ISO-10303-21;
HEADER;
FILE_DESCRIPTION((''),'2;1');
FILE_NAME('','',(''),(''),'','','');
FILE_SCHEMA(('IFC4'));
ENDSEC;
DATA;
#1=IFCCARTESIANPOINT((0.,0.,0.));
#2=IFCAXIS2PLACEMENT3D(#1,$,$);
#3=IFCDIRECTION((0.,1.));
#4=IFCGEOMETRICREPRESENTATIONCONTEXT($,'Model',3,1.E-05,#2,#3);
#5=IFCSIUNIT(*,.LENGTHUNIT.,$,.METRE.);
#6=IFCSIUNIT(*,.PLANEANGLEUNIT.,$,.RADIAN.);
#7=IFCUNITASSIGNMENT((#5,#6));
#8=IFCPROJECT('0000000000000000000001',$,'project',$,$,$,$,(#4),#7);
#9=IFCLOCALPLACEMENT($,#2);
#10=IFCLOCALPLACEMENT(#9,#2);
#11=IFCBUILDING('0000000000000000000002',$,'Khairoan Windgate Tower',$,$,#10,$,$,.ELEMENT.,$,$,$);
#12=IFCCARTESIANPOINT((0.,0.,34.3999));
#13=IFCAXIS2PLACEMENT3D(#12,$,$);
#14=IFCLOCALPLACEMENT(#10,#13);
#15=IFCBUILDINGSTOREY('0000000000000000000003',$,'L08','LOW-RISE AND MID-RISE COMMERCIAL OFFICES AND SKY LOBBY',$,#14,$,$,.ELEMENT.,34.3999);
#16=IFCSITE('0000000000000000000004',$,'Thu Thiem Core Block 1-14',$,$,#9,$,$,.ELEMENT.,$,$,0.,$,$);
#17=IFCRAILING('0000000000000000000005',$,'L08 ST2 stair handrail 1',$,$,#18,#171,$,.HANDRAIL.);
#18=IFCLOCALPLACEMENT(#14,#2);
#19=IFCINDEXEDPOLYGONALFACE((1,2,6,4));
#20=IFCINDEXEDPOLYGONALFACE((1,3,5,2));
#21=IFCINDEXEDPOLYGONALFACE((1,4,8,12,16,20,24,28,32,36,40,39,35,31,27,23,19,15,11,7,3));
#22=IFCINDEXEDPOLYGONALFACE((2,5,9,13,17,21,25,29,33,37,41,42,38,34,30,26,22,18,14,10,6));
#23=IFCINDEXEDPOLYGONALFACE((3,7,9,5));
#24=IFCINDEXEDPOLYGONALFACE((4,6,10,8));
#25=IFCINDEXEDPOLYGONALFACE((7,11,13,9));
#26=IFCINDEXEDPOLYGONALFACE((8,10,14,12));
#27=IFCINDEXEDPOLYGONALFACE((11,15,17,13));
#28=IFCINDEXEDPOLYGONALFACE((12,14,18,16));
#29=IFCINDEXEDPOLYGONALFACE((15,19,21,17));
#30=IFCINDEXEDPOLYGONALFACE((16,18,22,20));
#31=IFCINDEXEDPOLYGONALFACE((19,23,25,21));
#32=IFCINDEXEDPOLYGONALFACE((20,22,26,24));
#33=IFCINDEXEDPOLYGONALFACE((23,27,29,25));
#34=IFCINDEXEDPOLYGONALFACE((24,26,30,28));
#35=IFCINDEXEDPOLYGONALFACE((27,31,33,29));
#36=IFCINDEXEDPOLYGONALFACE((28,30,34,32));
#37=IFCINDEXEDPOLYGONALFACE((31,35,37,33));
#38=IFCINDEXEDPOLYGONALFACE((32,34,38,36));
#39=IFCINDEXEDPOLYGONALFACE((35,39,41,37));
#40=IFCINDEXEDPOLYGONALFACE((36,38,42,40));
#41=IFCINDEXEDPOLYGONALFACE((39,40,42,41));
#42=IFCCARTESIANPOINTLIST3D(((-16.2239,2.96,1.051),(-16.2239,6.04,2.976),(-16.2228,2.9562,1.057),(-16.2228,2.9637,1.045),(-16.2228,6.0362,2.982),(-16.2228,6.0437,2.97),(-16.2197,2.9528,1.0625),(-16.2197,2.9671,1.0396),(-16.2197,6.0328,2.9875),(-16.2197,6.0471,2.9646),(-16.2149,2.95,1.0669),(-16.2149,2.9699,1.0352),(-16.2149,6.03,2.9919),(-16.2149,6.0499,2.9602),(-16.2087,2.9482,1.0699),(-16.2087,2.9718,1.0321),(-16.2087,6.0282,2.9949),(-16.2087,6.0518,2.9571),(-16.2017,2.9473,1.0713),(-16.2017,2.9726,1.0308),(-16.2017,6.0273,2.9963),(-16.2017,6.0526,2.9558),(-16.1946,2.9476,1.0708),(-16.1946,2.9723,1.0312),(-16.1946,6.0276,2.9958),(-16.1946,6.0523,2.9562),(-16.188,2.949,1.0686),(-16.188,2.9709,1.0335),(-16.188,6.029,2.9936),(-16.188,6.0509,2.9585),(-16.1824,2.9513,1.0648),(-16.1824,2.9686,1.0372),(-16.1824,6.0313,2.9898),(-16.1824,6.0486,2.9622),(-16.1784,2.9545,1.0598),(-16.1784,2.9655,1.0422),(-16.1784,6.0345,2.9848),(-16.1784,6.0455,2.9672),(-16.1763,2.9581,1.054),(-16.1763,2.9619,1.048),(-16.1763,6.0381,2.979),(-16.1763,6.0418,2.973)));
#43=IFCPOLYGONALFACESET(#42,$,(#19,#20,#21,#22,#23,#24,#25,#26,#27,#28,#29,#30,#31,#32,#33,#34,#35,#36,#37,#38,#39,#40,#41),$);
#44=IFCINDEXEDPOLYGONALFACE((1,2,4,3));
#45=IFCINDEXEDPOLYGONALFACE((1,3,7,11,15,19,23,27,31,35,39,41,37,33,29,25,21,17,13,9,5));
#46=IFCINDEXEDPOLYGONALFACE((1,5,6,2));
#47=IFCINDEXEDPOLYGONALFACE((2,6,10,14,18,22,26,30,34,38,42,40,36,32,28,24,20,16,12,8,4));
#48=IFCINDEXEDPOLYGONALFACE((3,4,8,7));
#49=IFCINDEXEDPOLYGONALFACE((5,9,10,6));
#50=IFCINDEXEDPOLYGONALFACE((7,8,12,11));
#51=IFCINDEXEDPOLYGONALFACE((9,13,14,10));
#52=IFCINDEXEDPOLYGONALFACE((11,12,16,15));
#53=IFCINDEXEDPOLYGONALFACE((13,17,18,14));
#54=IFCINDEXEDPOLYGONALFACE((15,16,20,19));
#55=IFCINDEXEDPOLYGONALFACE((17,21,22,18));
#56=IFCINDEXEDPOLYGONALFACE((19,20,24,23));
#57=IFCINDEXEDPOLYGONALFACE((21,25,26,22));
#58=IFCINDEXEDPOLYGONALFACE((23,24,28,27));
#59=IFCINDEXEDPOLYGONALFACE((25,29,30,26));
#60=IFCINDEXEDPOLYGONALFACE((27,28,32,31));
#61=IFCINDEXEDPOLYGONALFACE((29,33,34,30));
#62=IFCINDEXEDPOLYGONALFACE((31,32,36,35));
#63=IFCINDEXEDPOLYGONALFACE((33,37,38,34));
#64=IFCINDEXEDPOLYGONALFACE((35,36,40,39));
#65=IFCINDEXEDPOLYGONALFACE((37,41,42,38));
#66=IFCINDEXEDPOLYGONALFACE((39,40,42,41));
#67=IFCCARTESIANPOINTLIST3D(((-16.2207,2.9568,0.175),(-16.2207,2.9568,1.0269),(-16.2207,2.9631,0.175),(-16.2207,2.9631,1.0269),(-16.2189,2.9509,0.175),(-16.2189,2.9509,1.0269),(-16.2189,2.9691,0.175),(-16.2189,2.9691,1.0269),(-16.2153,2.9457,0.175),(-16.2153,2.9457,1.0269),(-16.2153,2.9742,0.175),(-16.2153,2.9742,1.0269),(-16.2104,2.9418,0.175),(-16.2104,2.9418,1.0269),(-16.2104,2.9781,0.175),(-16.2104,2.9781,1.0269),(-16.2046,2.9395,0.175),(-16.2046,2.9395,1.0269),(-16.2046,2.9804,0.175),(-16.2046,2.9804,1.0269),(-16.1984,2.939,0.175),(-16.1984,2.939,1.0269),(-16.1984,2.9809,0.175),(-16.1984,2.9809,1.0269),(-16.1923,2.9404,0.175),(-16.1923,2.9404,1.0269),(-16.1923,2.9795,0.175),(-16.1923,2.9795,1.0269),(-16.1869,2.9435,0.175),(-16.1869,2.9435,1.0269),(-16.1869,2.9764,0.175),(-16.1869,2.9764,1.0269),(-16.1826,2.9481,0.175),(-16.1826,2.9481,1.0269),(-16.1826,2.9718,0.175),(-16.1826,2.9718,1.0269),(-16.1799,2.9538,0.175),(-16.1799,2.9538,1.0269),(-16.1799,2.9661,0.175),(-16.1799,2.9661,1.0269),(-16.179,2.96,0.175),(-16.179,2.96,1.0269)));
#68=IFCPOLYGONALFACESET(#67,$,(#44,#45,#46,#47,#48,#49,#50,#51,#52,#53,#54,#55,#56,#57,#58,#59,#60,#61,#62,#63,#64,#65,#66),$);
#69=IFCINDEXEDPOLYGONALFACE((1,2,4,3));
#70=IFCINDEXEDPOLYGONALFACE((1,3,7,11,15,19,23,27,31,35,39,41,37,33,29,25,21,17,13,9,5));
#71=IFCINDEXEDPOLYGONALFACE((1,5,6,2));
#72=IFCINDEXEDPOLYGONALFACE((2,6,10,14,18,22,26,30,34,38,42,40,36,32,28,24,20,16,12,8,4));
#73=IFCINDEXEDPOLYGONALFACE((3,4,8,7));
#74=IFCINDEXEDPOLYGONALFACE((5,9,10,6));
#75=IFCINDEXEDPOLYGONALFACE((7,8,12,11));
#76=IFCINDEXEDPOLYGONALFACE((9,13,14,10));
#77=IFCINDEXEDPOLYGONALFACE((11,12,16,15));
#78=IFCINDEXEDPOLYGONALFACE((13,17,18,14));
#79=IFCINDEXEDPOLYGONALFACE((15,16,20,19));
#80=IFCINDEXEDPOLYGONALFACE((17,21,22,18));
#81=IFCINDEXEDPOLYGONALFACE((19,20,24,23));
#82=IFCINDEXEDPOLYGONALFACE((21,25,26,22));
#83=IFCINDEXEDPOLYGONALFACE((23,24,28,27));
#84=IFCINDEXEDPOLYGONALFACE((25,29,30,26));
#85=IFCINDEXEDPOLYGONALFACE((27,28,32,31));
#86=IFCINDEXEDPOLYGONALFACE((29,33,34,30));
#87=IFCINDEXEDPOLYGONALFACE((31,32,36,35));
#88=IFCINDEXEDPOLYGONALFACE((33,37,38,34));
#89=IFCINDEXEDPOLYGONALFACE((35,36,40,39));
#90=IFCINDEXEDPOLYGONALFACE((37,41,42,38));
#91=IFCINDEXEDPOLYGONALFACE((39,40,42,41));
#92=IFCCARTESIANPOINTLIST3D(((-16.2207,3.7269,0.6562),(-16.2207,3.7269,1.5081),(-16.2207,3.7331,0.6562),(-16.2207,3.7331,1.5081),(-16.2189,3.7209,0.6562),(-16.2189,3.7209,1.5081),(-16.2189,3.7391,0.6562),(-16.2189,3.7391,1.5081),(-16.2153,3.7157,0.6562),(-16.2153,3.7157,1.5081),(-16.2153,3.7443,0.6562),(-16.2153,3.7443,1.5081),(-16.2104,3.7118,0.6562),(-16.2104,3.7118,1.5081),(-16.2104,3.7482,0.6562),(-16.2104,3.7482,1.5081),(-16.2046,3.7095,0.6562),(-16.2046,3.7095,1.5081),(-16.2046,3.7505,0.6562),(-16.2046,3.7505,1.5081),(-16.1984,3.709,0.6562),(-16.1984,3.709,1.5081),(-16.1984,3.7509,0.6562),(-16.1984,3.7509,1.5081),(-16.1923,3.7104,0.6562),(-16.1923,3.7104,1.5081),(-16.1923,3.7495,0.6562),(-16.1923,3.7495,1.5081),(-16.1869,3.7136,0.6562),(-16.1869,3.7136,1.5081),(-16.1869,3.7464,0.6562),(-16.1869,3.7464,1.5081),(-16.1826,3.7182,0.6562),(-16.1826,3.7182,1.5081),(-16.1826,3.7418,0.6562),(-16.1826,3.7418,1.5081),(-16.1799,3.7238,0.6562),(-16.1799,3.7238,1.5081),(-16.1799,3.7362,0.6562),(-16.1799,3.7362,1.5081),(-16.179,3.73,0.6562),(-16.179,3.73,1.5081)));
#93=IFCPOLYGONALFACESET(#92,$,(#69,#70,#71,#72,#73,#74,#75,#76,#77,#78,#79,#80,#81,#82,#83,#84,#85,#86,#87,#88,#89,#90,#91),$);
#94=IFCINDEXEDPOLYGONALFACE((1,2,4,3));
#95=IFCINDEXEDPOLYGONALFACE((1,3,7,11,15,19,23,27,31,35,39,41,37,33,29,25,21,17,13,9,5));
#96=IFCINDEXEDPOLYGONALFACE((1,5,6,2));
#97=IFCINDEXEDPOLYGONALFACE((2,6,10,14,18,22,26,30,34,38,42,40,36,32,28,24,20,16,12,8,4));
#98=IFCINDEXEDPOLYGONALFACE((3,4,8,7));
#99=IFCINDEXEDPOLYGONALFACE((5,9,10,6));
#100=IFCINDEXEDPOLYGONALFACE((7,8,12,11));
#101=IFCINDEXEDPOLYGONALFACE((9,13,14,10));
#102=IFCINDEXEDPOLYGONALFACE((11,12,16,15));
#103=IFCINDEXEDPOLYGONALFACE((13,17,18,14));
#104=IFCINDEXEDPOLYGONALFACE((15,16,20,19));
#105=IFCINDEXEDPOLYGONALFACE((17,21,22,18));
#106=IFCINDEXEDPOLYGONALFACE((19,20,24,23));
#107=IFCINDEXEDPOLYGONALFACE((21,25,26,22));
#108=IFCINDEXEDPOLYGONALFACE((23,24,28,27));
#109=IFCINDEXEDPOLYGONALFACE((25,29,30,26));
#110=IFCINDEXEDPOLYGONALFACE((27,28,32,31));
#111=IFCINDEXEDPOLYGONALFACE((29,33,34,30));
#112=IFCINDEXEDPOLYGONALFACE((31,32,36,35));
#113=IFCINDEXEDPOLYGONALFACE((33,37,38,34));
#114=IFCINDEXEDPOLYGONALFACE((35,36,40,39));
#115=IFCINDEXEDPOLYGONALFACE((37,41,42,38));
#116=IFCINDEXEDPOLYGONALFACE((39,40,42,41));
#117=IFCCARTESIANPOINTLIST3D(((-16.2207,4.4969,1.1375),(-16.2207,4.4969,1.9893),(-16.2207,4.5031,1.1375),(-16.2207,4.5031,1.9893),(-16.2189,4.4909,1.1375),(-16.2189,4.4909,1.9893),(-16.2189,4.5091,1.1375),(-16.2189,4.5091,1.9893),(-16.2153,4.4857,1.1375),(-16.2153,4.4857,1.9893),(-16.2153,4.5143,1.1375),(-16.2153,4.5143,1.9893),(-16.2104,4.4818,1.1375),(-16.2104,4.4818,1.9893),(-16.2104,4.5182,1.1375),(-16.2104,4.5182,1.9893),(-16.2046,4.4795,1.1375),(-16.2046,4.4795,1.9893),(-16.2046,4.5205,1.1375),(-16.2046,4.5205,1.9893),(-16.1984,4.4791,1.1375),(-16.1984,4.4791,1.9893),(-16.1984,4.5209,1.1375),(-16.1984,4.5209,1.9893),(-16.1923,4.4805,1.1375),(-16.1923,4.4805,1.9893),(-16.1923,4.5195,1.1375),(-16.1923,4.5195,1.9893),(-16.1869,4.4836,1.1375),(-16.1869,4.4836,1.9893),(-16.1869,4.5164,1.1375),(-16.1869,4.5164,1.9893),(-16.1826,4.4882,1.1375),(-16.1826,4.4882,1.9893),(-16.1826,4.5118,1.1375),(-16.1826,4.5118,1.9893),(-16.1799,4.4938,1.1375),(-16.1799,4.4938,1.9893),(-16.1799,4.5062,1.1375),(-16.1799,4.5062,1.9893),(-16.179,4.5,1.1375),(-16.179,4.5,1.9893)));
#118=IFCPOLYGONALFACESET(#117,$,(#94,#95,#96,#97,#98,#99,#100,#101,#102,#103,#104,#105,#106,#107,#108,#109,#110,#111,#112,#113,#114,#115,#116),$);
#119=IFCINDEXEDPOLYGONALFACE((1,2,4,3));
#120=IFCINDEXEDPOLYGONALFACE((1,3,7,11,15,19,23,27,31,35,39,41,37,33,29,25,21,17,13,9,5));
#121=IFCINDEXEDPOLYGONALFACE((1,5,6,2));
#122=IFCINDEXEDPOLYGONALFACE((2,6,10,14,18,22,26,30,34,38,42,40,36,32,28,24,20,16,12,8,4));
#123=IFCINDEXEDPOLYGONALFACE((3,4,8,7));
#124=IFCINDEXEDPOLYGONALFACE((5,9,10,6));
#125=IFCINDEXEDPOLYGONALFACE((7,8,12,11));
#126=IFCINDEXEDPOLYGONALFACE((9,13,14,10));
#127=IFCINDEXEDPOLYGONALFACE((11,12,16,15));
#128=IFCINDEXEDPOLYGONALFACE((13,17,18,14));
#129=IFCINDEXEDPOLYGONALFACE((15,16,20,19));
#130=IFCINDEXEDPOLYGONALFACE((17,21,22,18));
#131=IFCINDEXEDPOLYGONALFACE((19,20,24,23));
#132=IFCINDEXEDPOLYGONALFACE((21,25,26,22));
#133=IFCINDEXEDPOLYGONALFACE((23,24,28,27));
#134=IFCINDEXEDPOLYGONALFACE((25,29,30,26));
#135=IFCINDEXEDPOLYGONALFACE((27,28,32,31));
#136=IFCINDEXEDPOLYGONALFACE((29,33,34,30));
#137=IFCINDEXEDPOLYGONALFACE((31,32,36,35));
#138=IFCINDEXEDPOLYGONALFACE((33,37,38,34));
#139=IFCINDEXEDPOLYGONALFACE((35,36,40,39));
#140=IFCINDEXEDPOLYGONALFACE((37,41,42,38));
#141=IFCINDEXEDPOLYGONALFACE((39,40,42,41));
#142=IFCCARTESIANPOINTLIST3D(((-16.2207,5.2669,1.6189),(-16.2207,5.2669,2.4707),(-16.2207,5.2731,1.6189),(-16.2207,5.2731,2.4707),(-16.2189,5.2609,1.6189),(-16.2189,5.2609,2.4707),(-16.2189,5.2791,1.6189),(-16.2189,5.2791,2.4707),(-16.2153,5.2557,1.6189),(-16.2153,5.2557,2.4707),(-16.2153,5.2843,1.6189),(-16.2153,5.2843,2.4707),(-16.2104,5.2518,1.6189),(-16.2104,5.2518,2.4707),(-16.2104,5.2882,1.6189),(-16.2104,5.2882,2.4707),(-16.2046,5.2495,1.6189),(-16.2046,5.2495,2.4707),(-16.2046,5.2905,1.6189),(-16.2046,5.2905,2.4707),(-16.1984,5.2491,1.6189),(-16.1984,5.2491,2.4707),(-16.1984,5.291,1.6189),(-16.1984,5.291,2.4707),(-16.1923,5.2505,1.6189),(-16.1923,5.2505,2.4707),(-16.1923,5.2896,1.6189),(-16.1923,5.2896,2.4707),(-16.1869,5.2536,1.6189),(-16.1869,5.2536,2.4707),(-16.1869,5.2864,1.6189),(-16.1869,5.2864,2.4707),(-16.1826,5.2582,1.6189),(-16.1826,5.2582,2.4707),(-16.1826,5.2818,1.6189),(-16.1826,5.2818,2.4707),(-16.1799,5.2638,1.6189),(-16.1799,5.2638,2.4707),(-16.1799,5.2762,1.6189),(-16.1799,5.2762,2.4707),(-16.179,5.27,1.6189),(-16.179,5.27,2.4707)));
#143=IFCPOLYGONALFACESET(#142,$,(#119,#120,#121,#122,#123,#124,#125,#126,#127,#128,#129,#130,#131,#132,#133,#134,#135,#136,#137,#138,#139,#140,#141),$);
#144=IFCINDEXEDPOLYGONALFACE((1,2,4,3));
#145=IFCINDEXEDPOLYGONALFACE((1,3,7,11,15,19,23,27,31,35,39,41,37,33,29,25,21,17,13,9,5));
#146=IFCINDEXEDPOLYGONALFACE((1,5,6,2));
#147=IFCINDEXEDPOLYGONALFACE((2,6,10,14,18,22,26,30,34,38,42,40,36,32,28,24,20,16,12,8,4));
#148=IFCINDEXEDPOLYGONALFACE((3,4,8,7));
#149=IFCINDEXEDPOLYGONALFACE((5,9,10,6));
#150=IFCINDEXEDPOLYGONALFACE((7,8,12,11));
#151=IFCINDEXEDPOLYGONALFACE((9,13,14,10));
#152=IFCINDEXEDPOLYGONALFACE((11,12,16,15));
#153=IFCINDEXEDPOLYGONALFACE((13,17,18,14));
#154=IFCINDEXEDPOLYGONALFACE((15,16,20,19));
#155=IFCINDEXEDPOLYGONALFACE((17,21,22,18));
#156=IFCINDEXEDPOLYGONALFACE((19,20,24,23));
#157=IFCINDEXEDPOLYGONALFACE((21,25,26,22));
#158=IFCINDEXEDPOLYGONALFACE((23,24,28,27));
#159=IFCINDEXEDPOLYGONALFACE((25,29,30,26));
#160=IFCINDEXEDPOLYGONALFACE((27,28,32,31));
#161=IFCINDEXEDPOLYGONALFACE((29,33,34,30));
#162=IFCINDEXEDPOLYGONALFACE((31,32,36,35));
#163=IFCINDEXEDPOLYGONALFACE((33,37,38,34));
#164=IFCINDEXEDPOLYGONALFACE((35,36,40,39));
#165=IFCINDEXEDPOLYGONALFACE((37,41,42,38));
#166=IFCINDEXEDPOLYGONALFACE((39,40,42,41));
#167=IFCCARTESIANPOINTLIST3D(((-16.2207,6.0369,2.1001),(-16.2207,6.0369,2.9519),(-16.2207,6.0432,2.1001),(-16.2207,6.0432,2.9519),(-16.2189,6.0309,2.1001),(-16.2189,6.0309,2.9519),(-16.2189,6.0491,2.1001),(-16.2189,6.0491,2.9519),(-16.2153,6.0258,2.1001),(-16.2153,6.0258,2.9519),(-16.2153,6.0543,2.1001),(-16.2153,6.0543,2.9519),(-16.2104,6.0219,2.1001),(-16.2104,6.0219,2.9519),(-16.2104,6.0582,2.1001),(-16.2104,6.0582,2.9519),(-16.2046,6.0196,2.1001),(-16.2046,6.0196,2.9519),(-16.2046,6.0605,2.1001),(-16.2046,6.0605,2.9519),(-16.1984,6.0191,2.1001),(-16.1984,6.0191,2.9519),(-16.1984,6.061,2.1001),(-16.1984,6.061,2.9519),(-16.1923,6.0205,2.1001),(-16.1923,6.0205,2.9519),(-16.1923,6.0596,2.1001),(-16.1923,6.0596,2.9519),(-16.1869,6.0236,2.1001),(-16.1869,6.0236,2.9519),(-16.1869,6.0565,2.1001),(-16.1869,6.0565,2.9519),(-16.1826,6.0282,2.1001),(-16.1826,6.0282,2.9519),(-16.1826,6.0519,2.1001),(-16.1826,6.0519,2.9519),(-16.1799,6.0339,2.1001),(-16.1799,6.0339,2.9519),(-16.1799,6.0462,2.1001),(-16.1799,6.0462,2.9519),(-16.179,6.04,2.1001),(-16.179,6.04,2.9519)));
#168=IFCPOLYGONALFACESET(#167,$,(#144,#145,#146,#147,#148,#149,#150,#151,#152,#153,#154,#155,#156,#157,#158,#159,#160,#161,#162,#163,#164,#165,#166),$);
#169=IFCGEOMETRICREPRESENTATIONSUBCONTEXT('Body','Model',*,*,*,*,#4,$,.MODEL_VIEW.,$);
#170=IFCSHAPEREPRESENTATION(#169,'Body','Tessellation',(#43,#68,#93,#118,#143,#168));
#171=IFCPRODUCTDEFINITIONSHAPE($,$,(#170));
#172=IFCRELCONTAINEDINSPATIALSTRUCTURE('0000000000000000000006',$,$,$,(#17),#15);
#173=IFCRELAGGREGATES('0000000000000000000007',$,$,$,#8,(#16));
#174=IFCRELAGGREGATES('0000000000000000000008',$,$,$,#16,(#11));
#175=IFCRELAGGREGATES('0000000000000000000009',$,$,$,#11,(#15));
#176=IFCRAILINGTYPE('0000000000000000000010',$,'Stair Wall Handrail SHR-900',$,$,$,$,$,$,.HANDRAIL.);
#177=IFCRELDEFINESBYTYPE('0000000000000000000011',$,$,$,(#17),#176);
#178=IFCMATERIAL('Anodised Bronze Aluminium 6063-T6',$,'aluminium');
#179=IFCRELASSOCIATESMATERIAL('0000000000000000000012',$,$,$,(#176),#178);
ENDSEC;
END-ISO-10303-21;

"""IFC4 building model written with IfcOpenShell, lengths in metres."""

from ifc_helpers import new_model, si_unit, direction, frame, origin, origin_2d, place, context, subcontext, project, spatial, circle, extrude, material, type_object, element, save


model = new_model("IFC4")

# Units and contexts
model_context = context("Model", 3, precision=1e-05, world=origin(), true_north=direction((0.0, 1.0)))
body_context = subcontext(model_context, "Body", "Model", "MODEL_VIEW")
ifc_project = project(units=[si_unit("LENGTHUNIT", "METRE"), si_unit("PLANEANGLEUNIT", "RADIAN")], contexts=[model_context])

# Site, building, storey
site_placement = place(None, origin())
site = spatial("IfcSite", under=ifc_project, at=site_placement, Name="Thu Thiem Core Block 1-14", CompositionType="ELEMENT", RefElevation=0.0)
building_placement = place(site_placement, origin())
building = spatial("IfcBuilding", under=site, at=building_placement, Name="Khairoan Windgate Tower", CompositionType="ELEMENT")
storey_placement = place(building_placement, frame((0.0, 0.0, 34.3999)))
storey = spatial("IfcBuildingStorey", under=building, at=storey_placement, Name="L08", Description="LOW-RISE AND MID-RISE COMMERCIAL OFFICES AND SKY LOBBY", CompositionType="ELEMENT", Elevation=34.3999)

# Railing
ifc_material_1 = material(Name="Anodised Bronze Aluminium 6063-T6", Category="aluminium")
railing_type_1 = type_object("IfcRailingType", Name="Stair Wall Handrail SHR-900", PredefinedType="HANDRAIL", material=ifc_material_1)
railing_1_placement = place(storey_placement, frame((-16.2, 2.96, 0.175)))
element("IfcRailing", 1, at=railing_1_placement, inside=storey, type_object=railing_type_1, Name="L08 ST2 stair handrail 1", PredefinedType="HANDRAIL", context=body_context, shape_type="SweptSolid", body=[
    extrude(circle(Radius=0.0239, at=origin_2d()), frame((0.0, 0.0, 0.876), z_axis=(0.0, 0.847998, 0.529999), x_axis=(-1.0, 0.0, 0.0)), (0.0, 0.0, 1.0), 3.6321),
    extrude(circle(Radius=0.021, at=origin_2d()), origin(), (0.0, 0.0, 1.0), 0.8518),
    extrude(circle(Radius=0.021, at=origin_2d()), frame((0.0, 0.77, 0.4812)), (0.0, 0.0, 1.0), 0.8518),
    extrude(circle(Radius=0.021, at=origin_2d()), frame((0.0, 1.54, 0.9624)), (0.0, 0.0, 1.0), 0.8518),
    extrude(circle(Radius=0.021, at=origin_2d()), frame((0.0, 2.3101, 1.4438)), (0.0, 0.0, 1.0), 0.8518),
    extrude(circle(Radius=0.021, at=origin_2d()), frame((0.0, 3.0801, 1.925)), (0.0, 0.0, 1.0), 0.8518),
])

save(model, "model.ifc")
